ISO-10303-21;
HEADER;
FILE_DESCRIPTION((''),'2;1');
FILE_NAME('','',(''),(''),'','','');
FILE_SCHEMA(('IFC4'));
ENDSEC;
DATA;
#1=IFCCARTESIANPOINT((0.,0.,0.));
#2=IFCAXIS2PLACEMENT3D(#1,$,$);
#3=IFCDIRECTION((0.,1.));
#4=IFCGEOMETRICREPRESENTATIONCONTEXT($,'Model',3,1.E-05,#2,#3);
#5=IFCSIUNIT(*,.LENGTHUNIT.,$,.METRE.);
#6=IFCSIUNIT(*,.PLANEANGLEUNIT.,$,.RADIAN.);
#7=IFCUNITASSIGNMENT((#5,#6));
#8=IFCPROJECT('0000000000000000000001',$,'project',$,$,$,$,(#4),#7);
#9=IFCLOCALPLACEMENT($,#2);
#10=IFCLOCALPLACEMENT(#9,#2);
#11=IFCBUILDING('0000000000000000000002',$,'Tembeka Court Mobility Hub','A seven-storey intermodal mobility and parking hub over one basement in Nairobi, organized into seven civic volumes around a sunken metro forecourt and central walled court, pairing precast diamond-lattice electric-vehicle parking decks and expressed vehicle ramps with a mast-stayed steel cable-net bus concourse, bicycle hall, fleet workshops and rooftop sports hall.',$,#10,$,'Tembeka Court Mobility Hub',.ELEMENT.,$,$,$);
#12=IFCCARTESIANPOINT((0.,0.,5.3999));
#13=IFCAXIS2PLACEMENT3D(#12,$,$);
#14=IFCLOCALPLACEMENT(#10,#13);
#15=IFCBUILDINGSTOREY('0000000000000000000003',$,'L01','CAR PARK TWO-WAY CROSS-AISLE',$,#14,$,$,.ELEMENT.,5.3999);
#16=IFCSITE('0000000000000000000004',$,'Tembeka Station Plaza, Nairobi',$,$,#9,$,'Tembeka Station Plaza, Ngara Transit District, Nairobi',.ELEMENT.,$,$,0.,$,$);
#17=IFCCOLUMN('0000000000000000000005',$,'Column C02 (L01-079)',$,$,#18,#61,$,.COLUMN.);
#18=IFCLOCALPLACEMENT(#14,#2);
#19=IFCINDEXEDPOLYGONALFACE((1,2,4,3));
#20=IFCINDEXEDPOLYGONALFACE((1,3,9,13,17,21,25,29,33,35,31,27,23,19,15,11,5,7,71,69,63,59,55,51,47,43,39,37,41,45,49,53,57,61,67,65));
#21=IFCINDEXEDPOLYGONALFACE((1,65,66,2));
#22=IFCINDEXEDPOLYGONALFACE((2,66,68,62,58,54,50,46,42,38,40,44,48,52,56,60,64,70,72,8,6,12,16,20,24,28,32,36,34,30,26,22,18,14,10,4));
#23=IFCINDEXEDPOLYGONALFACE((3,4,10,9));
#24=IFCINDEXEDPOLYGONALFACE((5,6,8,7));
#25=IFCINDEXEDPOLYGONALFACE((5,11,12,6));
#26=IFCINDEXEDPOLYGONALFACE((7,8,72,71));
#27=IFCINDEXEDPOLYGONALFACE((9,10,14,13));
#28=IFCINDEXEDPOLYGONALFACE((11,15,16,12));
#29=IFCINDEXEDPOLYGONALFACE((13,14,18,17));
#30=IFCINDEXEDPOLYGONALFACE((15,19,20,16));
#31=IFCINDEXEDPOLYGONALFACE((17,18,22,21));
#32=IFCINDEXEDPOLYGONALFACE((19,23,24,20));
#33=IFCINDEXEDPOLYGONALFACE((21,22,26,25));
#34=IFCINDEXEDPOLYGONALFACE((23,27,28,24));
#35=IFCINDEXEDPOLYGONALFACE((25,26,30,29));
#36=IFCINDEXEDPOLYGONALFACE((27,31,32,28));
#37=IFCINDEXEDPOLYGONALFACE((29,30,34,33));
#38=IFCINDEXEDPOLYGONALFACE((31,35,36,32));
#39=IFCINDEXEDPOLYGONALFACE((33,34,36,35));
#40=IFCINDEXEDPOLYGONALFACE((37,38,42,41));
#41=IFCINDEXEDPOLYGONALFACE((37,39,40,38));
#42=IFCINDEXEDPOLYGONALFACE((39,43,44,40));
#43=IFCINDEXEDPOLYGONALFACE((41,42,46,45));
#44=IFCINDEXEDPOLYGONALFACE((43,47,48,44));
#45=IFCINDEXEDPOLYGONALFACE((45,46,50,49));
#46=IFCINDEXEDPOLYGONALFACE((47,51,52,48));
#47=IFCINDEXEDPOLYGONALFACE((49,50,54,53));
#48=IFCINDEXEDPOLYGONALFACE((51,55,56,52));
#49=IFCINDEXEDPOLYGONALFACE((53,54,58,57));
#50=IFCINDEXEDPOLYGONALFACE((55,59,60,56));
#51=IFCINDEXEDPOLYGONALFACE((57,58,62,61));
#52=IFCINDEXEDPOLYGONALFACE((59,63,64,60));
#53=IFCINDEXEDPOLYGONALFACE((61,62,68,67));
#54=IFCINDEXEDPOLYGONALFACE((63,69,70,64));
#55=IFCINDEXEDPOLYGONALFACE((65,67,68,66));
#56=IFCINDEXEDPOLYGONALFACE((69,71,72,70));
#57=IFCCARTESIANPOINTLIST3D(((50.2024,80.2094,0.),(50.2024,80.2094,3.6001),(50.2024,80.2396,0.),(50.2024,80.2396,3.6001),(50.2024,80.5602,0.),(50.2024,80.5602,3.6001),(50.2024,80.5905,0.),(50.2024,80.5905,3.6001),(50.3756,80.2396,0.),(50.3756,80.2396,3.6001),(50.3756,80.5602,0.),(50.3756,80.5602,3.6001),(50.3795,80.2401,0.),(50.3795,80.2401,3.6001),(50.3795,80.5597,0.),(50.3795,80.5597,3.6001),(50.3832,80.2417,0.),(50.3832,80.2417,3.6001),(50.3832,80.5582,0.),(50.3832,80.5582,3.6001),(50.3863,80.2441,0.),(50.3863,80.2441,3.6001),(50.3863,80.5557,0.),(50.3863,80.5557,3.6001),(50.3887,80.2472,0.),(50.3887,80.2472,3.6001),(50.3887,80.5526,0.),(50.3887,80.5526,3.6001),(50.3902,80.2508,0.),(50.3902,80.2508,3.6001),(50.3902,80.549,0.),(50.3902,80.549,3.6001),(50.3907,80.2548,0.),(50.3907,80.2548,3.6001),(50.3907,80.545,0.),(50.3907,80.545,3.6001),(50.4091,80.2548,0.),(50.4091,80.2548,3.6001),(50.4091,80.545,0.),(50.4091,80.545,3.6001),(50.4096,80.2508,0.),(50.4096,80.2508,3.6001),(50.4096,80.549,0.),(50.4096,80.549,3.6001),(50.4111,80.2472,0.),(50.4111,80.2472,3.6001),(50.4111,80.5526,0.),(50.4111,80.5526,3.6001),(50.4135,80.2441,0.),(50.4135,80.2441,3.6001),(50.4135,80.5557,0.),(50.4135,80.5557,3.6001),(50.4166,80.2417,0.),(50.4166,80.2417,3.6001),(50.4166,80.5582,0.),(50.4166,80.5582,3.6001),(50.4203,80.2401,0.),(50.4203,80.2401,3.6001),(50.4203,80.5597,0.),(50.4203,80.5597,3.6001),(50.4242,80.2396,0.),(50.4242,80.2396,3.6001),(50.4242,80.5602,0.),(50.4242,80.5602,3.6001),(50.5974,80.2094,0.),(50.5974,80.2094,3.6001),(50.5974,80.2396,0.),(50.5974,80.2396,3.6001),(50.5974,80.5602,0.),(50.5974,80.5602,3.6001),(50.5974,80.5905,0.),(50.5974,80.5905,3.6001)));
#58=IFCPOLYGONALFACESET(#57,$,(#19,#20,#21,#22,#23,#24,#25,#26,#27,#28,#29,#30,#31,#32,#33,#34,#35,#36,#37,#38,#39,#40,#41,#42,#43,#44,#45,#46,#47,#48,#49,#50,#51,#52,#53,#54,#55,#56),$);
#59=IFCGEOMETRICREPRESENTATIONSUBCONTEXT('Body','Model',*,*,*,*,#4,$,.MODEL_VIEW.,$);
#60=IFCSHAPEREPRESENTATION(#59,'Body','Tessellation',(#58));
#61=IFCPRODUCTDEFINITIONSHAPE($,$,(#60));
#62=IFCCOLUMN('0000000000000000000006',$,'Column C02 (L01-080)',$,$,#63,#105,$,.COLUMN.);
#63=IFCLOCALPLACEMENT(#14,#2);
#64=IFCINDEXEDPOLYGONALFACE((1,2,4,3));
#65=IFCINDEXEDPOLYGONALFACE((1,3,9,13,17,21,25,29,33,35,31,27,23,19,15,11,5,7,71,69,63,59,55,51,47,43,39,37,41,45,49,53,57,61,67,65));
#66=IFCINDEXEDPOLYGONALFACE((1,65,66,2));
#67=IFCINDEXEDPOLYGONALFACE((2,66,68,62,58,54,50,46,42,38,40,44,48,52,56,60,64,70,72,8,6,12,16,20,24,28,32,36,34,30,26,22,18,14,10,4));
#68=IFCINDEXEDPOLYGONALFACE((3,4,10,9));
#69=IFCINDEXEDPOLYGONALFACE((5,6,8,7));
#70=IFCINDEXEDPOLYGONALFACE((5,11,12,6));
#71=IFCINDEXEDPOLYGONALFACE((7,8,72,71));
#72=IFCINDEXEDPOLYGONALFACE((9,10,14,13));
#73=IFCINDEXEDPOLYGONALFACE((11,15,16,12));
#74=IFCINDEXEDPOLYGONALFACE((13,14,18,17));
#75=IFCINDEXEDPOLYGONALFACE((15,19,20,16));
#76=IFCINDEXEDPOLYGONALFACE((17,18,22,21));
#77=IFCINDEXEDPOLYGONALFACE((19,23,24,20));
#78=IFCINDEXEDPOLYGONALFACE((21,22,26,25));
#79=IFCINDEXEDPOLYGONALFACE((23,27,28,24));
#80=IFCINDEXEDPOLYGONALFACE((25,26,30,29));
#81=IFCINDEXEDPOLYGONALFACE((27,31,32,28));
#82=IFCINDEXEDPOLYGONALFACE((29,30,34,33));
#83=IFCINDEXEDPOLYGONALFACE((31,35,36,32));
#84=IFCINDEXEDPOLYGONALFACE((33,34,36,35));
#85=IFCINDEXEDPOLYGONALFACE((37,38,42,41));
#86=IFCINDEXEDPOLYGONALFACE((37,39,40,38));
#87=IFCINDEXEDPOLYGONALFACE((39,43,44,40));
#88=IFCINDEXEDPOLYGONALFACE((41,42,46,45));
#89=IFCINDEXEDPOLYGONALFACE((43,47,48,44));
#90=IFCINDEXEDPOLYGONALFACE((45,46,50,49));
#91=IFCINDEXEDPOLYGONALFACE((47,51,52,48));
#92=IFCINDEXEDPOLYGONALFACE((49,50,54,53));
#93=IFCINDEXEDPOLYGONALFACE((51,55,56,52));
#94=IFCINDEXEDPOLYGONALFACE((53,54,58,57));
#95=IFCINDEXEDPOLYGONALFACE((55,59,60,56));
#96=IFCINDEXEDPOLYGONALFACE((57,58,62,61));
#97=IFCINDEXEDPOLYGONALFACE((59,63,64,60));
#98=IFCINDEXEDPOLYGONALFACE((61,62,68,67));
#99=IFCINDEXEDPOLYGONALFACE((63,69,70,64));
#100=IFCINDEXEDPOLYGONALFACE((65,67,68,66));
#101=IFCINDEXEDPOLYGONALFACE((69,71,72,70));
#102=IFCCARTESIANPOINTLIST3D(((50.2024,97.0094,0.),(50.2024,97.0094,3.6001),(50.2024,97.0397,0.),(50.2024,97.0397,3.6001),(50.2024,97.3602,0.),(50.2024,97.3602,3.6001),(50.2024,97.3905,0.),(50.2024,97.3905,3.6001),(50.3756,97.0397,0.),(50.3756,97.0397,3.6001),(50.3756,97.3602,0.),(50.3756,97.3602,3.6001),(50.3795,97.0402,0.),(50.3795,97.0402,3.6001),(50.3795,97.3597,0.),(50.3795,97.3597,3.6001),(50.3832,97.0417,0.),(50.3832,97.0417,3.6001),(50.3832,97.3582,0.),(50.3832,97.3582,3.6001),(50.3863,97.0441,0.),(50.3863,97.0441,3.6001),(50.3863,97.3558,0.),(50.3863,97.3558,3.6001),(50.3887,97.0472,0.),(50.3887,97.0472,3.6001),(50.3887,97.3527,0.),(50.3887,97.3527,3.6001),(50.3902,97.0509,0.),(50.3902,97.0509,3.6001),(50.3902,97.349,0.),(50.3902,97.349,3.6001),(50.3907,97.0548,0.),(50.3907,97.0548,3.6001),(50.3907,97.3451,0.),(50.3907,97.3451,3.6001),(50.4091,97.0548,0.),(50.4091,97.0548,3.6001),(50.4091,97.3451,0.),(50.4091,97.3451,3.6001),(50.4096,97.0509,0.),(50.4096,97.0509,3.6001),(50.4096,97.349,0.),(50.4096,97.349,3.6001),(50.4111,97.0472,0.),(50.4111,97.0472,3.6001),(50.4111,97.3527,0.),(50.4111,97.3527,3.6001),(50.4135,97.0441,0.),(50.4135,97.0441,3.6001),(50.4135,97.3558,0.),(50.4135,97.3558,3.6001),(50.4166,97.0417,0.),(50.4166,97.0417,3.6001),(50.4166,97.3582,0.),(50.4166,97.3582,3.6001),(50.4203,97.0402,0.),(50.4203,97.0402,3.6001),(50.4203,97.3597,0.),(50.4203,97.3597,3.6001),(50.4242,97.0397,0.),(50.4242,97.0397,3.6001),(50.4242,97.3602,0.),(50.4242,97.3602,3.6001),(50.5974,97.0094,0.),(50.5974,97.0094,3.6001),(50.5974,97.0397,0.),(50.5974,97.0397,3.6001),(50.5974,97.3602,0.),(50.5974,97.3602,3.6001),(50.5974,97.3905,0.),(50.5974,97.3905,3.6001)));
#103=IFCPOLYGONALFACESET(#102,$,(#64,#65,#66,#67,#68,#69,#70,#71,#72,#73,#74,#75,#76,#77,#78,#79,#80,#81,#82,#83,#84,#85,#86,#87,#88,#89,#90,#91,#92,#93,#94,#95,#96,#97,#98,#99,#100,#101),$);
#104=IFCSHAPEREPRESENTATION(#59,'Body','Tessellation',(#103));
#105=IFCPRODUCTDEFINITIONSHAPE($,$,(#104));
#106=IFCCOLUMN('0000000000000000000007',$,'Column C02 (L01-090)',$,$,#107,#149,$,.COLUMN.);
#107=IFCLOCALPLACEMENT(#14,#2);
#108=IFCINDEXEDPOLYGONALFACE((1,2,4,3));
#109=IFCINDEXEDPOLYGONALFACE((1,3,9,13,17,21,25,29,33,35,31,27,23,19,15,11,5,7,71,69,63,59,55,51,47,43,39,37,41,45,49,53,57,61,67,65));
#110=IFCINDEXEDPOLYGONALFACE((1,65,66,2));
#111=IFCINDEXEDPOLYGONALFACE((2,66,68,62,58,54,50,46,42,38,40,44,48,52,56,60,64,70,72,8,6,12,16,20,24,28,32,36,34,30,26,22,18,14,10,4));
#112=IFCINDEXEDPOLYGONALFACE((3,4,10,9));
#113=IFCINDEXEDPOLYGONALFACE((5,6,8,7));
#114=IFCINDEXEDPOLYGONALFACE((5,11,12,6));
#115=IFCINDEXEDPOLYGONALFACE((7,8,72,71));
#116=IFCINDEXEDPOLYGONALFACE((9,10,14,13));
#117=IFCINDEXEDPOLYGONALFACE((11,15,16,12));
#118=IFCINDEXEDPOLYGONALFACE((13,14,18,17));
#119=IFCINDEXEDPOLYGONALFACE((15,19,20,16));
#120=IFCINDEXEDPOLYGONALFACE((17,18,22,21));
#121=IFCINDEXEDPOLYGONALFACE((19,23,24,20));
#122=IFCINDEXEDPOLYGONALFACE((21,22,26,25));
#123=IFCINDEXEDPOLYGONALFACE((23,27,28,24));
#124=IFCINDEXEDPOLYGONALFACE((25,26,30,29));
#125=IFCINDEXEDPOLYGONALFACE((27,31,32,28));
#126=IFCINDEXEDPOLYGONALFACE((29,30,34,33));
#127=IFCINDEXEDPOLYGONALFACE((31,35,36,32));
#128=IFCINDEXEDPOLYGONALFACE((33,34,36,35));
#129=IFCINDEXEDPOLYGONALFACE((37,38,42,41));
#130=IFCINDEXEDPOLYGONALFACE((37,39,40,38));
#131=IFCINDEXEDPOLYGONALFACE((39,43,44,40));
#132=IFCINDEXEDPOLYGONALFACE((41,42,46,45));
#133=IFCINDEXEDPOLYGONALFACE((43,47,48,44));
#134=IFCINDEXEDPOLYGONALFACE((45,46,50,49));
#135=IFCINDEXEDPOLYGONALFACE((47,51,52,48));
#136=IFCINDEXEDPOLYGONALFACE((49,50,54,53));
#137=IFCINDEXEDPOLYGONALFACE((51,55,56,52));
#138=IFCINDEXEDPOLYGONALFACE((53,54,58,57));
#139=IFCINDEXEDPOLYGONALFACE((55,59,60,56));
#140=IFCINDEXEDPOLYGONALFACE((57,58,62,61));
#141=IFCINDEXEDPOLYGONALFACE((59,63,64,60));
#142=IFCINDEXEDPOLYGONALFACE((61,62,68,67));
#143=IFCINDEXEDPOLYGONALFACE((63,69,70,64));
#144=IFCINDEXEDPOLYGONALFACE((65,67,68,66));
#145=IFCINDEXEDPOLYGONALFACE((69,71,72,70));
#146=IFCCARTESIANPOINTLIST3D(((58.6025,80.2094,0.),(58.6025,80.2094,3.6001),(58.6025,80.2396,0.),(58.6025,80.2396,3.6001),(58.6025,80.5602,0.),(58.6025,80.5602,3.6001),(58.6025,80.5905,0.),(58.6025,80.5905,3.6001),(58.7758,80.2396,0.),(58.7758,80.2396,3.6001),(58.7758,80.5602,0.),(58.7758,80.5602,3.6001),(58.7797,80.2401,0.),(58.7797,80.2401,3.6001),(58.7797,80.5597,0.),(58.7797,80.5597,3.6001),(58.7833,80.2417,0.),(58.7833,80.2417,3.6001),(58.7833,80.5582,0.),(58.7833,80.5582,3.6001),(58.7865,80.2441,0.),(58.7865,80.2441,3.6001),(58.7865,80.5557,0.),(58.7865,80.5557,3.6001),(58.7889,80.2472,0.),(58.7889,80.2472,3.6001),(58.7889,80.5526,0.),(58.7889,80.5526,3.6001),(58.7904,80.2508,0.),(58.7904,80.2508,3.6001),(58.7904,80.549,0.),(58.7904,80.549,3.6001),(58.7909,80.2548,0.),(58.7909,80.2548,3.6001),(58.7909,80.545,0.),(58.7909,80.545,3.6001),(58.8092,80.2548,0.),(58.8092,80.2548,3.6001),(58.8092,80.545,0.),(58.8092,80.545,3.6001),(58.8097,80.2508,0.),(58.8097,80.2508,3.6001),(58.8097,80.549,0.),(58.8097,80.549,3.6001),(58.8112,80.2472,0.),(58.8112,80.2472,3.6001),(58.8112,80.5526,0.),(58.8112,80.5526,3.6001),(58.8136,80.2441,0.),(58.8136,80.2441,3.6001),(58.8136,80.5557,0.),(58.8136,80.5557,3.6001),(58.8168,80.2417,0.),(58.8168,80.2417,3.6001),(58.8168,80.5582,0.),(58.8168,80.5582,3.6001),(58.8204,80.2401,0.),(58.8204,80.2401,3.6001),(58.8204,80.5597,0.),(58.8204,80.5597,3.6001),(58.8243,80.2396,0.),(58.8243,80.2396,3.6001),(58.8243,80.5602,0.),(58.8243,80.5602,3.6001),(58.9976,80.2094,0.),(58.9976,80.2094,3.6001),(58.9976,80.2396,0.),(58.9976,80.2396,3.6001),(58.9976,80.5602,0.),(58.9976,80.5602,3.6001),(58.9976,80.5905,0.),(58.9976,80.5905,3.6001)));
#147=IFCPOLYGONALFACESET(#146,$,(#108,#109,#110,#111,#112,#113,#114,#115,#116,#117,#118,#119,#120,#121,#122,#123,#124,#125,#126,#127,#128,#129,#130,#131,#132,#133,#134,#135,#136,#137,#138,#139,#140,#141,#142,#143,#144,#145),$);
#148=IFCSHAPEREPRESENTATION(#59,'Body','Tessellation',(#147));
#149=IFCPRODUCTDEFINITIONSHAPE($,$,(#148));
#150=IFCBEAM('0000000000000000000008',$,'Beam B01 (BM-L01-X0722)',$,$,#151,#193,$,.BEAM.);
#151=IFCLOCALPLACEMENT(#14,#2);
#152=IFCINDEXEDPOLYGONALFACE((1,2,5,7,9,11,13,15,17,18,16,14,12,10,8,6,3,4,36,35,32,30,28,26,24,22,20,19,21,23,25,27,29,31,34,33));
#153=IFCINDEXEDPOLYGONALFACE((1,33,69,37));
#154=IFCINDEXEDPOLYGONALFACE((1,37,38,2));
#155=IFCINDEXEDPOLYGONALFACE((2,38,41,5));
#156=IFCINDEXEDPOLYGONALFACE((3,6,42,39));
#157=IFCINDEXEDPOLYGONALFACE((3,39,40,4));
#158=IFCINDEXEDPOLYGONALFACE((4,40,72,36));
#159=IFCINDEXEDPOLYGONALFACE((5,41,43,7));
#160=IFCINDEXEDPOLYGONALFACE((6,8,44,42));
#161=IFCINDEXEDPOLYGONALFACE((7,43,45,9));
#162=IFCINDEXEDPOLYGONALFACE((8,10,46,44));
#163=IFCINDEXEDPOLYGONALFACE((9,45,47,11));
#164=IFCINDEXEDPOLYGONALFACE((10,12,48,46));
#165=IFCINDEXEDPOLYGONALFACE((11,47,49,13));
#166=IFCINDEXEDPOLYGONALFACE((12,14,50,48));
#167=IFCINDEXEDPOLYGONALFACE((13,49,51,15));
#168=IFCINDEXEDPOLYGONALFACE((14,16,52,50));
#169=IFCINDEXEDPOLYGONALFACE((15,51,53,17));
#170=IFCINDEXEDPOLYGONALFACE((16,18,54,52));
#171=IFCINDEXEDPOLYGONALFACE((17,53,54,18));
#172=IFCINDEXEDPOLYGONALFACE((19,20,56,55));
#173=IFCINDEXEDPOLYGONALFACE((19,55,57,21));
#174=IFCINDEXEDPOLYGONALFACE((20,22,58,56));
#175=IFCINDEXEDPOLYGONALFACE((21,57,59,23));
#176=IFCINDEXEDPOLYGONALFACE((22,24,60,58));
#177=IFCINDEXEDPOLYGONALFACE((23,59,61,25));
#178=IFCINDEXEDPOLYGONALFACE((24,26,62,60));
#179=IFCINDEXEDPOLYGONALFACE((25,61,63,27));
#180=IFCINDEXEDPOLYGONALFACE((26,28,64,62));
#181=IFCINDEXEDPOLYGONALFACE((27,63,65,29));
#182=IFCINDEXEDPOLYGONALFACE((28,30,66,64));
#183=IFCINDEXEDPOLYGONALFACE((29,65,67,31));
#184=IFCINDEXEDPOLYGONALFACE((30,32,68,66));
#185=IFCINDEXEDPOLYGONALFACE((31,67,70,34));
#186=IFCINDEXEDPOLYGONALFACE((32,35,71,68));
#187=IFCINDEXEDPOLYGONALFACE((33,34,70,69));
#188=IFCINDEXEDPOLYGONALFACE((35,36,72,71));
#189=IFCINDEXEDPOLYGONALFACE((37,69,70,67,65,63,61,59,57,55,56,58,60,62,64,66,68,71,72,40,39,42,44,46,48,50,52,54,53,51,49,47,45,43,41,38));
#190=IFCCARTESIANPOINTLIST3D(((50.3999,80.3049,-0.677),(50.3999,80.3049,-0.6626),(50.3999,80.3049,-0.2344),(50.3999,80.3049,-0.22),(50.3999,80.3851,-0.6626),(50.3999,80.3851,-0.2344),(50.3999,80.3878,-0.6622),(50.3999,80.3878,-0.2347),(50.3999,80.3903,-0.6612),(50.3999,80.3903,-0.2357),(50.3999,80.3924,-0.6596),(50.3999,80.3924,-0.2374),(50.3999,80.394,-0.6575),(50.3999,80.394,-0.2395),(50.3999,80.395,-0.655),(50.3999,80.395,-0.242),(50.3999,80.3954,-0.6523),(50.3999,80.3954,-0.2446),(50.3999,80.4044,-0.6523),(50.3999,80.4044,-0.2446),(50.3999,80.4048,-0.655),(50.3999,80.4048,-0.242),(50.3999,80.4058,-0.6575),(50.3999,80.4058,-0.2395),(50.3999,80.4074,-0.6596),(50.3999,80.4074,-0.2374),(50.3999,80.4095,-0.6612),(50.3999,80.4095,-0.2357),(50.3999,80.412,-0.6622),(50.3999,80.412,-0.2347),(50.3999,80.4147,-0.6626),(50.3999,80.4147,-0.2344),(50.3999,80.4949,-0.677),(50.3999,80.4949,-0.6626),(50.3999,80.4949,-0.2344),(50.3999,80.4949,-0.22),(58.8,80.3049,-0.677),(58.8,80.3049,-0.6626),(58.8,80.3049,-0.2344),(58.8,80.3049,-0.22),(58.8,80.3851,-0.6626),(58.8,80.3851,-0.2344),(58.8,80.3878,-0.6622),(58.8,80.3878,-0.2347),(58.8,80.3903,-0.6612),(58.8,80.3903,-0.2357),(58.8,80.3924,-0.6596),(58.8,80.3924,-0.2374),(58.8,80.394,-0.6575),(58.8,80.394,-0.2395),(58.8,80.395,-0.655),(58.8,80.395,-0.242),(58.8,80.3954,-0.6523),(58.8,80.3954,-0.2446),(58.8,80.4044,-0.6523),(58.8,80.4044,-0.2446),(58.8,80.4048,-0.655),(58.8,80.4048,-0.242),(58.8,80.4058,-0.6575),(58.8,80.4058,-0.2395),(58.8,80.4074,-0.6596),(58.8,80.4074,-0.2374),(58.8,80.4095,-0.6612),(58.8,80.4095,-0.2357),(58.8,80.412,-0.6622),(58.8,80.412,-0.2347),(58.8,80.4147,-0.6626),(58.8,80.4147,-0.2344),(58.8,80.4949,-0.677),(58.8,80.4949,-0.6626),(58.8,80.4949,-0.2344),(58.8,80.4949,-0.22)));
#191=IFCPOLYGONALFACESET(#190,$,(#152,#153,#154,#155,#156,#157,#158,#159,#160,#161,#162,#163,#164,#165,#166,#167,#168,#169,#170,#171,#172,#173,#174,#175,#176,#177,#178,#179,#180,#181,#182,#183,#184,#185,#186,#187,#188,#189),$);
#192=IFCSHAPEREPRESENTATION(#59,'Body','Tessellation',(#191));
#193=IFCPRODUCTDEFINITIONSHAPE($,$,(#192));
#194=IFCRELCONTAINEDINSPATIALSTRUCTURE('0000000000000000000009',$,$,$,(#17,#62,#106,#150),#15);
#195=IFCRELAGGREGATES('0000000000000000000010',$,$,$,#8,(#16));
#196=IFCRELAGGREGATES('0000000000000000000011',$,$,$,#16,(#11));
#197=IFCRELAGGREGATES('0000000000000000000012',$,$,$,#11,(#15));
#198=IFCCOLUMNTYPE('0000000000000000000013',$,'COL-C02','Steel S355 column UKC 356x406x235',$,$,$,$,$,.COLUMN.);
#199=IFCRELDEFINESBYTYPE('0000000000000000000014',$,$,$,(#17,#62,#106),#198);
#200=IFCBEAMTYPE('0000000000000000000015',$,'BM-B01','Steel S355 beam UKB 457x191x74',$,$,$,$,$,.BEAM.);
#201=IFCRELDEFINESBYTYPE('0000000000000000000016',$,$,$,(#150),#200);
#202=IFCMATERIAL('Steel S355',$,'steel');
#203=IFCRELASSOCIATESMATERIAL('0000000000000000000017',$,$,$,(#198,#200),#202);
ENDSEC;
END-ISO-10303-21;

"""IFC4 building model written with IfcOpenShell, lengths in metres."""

from ifc_helpers import new_model, si_unit, direction, frame, origin, origin_2d, place, context, subcontext, project, spatial, i_section, extrude, material, material_profile, profile_set, type_object, element, save


model = new_model("IFC4")

# Units and contexts
model_context = context("Model", 3, precision=1e-05, world=origin(), true_north=direction((0.0, 1.0)))
body_context = subcontext(model_context, "Body", "Model", "MODEL_VIEW")
ifc_project = project(units=[si_unit("LENGTHUNIT", "METRE"), si_unit("PLANEANGLEUNIT", "RADIAN")], contexts=[model_context])

# Site, building, storey
site_placement = place(None, origin())
site = spatial("IfcSite", under=ifc_project, at=site_placement, Name="Tembeka Station Plaza, Nairobi", LongName="Tembeka Station Plaza, Ngara Transit District, Nairobi", CompositionType="ELEMENT", RefElevation=0.0)
building_placement = place(site_placement, origin())
building = spatial("IfcBuilding", under=site, at=building_placement, Name="Tembeka Court Mobility Hub", Description="A seven-storey intermodal mobility and parking hub over one basement in Nairobi, organized into seven civic volumes around a sunken metro forecourt and central walled court, pairing precast diamond-lattice electric-vehicle parking decks and expressed vehicle ramps with a mast-stayed steel cable-net bus concourse, bicycle hall, fleet workshops and rooftop sports hall.", LongName="Tembeka Court Mobility Hub", CompositionType="ELEMENT")
storey_placement = place(building_placement, frame((0.0, 0.0, 5.3999)))
storey = spatial("IfcBuildingStorey", under=building, at=storey_placement, Name="L01", Description="CAR PARK TWO-WAY CROSS-AISLE", CompositionType="ELEMENT", Elevation=5.3999)

# Columns
ifc_material = material(Name="Steel S355", Category="steel")
ifc_material_profile_1 = material_profile(ifc_material, i_section(OverallWidth=0.395, OverallDepth=0.3811, WebThickness=0.0183, FlangeThickness=0.0303, FilletRadius=0.0151, at=origin_2d()), Name="UKC 356x406x235")
ifc_profile_set_1 = profile_set([ifc_material_profile_1], Name="Steel S355")
column_type = type_object("IfcColumnType", Name="COL-C02", Description="Steel S355 column UKC 356x406x235", PredefinedType="COLUMN", material=ifc_profile_set_1)
for number, where, z_axis, x_axis, name in (
    (1, (50.3999, 80.3999, 0.0), (0.0, 0.0, 1.0), (1.0, 0.0, 0.0), "Column C02 (L01-079)"),
    (2, (50.3999, 97.2, 0.0), (0.0, 0.0, 1.0), (1.0, 0.0, 0.0), "Column C02 (L01-080)"),
    (3, (58.8, 80.3999, 0.0), (0.0, 0.0, 1.0), (1.0, 0.0, 0.0), "Column C02 (L01-090)"),
):
    element("IfcColumn", number, at=place(storey_placement, frame(where, z_axis=z_axis, x_axis=x_axis)), inside=storey, type_object=column_type, Name=name, PredefinedType="COLUMN", context=body_context, shape_type="SweptSolid", body=[
        extrude(i_section(OverallWidth=0.395, OverallDepth=0.3811, WebThickness=0.0183, FlangeThickness=0.0303, FilletRadius=0.0151, at=origin_2d()), origin(), (0.0, 0.0, 1.0), 3.6001),
    ])

# Beam
ifc_material_profile_2 = material_profile(ifc_material, i_section(OverallWidth=0.1899, OverallDepth=0.457, WebThickness=0.009, FlangeThickness=0.0144, FilletRadius=0.0103, at=origin_2d()), Name="UKB 457x191x74")
ifc_profile_set_2 = profile_set([ifc_material_profile_2], Name="Steel S355")
beam_type_1 = type_object("IfcBeamType", Name="BM-B01", Description="Steel S355 beam UKB 457x191x74", PredefinedType="BEAM", material=ifc_profile_set_2)
beam_1_placement = place(storey_placement, frame((50.3999, 80.3999, -0.4485), z_axis=(1.0, 0.0, 0.0), x_axis=(0.0, 1.0, 0.0)))
element("IfcBeam", 4, at=beam_1_placement, inside=storey, type_object=beam_type_1, Name="Beam B01 (BM-L01-X0722)", PredefinedType="BEAM", context=body_context, shape_type="SweptSolid", body=[
    extrude(i_section(OverallWidth=0.1899, OverallDepth=0.457, WebThickness=0.009, FlangeThickness=0.0144, FilletRadius=0.0103, at=origin_2d()), origin(), (0.0, 0.0, 1.0), 8.4001),
])

save(model, "model.ifc")
